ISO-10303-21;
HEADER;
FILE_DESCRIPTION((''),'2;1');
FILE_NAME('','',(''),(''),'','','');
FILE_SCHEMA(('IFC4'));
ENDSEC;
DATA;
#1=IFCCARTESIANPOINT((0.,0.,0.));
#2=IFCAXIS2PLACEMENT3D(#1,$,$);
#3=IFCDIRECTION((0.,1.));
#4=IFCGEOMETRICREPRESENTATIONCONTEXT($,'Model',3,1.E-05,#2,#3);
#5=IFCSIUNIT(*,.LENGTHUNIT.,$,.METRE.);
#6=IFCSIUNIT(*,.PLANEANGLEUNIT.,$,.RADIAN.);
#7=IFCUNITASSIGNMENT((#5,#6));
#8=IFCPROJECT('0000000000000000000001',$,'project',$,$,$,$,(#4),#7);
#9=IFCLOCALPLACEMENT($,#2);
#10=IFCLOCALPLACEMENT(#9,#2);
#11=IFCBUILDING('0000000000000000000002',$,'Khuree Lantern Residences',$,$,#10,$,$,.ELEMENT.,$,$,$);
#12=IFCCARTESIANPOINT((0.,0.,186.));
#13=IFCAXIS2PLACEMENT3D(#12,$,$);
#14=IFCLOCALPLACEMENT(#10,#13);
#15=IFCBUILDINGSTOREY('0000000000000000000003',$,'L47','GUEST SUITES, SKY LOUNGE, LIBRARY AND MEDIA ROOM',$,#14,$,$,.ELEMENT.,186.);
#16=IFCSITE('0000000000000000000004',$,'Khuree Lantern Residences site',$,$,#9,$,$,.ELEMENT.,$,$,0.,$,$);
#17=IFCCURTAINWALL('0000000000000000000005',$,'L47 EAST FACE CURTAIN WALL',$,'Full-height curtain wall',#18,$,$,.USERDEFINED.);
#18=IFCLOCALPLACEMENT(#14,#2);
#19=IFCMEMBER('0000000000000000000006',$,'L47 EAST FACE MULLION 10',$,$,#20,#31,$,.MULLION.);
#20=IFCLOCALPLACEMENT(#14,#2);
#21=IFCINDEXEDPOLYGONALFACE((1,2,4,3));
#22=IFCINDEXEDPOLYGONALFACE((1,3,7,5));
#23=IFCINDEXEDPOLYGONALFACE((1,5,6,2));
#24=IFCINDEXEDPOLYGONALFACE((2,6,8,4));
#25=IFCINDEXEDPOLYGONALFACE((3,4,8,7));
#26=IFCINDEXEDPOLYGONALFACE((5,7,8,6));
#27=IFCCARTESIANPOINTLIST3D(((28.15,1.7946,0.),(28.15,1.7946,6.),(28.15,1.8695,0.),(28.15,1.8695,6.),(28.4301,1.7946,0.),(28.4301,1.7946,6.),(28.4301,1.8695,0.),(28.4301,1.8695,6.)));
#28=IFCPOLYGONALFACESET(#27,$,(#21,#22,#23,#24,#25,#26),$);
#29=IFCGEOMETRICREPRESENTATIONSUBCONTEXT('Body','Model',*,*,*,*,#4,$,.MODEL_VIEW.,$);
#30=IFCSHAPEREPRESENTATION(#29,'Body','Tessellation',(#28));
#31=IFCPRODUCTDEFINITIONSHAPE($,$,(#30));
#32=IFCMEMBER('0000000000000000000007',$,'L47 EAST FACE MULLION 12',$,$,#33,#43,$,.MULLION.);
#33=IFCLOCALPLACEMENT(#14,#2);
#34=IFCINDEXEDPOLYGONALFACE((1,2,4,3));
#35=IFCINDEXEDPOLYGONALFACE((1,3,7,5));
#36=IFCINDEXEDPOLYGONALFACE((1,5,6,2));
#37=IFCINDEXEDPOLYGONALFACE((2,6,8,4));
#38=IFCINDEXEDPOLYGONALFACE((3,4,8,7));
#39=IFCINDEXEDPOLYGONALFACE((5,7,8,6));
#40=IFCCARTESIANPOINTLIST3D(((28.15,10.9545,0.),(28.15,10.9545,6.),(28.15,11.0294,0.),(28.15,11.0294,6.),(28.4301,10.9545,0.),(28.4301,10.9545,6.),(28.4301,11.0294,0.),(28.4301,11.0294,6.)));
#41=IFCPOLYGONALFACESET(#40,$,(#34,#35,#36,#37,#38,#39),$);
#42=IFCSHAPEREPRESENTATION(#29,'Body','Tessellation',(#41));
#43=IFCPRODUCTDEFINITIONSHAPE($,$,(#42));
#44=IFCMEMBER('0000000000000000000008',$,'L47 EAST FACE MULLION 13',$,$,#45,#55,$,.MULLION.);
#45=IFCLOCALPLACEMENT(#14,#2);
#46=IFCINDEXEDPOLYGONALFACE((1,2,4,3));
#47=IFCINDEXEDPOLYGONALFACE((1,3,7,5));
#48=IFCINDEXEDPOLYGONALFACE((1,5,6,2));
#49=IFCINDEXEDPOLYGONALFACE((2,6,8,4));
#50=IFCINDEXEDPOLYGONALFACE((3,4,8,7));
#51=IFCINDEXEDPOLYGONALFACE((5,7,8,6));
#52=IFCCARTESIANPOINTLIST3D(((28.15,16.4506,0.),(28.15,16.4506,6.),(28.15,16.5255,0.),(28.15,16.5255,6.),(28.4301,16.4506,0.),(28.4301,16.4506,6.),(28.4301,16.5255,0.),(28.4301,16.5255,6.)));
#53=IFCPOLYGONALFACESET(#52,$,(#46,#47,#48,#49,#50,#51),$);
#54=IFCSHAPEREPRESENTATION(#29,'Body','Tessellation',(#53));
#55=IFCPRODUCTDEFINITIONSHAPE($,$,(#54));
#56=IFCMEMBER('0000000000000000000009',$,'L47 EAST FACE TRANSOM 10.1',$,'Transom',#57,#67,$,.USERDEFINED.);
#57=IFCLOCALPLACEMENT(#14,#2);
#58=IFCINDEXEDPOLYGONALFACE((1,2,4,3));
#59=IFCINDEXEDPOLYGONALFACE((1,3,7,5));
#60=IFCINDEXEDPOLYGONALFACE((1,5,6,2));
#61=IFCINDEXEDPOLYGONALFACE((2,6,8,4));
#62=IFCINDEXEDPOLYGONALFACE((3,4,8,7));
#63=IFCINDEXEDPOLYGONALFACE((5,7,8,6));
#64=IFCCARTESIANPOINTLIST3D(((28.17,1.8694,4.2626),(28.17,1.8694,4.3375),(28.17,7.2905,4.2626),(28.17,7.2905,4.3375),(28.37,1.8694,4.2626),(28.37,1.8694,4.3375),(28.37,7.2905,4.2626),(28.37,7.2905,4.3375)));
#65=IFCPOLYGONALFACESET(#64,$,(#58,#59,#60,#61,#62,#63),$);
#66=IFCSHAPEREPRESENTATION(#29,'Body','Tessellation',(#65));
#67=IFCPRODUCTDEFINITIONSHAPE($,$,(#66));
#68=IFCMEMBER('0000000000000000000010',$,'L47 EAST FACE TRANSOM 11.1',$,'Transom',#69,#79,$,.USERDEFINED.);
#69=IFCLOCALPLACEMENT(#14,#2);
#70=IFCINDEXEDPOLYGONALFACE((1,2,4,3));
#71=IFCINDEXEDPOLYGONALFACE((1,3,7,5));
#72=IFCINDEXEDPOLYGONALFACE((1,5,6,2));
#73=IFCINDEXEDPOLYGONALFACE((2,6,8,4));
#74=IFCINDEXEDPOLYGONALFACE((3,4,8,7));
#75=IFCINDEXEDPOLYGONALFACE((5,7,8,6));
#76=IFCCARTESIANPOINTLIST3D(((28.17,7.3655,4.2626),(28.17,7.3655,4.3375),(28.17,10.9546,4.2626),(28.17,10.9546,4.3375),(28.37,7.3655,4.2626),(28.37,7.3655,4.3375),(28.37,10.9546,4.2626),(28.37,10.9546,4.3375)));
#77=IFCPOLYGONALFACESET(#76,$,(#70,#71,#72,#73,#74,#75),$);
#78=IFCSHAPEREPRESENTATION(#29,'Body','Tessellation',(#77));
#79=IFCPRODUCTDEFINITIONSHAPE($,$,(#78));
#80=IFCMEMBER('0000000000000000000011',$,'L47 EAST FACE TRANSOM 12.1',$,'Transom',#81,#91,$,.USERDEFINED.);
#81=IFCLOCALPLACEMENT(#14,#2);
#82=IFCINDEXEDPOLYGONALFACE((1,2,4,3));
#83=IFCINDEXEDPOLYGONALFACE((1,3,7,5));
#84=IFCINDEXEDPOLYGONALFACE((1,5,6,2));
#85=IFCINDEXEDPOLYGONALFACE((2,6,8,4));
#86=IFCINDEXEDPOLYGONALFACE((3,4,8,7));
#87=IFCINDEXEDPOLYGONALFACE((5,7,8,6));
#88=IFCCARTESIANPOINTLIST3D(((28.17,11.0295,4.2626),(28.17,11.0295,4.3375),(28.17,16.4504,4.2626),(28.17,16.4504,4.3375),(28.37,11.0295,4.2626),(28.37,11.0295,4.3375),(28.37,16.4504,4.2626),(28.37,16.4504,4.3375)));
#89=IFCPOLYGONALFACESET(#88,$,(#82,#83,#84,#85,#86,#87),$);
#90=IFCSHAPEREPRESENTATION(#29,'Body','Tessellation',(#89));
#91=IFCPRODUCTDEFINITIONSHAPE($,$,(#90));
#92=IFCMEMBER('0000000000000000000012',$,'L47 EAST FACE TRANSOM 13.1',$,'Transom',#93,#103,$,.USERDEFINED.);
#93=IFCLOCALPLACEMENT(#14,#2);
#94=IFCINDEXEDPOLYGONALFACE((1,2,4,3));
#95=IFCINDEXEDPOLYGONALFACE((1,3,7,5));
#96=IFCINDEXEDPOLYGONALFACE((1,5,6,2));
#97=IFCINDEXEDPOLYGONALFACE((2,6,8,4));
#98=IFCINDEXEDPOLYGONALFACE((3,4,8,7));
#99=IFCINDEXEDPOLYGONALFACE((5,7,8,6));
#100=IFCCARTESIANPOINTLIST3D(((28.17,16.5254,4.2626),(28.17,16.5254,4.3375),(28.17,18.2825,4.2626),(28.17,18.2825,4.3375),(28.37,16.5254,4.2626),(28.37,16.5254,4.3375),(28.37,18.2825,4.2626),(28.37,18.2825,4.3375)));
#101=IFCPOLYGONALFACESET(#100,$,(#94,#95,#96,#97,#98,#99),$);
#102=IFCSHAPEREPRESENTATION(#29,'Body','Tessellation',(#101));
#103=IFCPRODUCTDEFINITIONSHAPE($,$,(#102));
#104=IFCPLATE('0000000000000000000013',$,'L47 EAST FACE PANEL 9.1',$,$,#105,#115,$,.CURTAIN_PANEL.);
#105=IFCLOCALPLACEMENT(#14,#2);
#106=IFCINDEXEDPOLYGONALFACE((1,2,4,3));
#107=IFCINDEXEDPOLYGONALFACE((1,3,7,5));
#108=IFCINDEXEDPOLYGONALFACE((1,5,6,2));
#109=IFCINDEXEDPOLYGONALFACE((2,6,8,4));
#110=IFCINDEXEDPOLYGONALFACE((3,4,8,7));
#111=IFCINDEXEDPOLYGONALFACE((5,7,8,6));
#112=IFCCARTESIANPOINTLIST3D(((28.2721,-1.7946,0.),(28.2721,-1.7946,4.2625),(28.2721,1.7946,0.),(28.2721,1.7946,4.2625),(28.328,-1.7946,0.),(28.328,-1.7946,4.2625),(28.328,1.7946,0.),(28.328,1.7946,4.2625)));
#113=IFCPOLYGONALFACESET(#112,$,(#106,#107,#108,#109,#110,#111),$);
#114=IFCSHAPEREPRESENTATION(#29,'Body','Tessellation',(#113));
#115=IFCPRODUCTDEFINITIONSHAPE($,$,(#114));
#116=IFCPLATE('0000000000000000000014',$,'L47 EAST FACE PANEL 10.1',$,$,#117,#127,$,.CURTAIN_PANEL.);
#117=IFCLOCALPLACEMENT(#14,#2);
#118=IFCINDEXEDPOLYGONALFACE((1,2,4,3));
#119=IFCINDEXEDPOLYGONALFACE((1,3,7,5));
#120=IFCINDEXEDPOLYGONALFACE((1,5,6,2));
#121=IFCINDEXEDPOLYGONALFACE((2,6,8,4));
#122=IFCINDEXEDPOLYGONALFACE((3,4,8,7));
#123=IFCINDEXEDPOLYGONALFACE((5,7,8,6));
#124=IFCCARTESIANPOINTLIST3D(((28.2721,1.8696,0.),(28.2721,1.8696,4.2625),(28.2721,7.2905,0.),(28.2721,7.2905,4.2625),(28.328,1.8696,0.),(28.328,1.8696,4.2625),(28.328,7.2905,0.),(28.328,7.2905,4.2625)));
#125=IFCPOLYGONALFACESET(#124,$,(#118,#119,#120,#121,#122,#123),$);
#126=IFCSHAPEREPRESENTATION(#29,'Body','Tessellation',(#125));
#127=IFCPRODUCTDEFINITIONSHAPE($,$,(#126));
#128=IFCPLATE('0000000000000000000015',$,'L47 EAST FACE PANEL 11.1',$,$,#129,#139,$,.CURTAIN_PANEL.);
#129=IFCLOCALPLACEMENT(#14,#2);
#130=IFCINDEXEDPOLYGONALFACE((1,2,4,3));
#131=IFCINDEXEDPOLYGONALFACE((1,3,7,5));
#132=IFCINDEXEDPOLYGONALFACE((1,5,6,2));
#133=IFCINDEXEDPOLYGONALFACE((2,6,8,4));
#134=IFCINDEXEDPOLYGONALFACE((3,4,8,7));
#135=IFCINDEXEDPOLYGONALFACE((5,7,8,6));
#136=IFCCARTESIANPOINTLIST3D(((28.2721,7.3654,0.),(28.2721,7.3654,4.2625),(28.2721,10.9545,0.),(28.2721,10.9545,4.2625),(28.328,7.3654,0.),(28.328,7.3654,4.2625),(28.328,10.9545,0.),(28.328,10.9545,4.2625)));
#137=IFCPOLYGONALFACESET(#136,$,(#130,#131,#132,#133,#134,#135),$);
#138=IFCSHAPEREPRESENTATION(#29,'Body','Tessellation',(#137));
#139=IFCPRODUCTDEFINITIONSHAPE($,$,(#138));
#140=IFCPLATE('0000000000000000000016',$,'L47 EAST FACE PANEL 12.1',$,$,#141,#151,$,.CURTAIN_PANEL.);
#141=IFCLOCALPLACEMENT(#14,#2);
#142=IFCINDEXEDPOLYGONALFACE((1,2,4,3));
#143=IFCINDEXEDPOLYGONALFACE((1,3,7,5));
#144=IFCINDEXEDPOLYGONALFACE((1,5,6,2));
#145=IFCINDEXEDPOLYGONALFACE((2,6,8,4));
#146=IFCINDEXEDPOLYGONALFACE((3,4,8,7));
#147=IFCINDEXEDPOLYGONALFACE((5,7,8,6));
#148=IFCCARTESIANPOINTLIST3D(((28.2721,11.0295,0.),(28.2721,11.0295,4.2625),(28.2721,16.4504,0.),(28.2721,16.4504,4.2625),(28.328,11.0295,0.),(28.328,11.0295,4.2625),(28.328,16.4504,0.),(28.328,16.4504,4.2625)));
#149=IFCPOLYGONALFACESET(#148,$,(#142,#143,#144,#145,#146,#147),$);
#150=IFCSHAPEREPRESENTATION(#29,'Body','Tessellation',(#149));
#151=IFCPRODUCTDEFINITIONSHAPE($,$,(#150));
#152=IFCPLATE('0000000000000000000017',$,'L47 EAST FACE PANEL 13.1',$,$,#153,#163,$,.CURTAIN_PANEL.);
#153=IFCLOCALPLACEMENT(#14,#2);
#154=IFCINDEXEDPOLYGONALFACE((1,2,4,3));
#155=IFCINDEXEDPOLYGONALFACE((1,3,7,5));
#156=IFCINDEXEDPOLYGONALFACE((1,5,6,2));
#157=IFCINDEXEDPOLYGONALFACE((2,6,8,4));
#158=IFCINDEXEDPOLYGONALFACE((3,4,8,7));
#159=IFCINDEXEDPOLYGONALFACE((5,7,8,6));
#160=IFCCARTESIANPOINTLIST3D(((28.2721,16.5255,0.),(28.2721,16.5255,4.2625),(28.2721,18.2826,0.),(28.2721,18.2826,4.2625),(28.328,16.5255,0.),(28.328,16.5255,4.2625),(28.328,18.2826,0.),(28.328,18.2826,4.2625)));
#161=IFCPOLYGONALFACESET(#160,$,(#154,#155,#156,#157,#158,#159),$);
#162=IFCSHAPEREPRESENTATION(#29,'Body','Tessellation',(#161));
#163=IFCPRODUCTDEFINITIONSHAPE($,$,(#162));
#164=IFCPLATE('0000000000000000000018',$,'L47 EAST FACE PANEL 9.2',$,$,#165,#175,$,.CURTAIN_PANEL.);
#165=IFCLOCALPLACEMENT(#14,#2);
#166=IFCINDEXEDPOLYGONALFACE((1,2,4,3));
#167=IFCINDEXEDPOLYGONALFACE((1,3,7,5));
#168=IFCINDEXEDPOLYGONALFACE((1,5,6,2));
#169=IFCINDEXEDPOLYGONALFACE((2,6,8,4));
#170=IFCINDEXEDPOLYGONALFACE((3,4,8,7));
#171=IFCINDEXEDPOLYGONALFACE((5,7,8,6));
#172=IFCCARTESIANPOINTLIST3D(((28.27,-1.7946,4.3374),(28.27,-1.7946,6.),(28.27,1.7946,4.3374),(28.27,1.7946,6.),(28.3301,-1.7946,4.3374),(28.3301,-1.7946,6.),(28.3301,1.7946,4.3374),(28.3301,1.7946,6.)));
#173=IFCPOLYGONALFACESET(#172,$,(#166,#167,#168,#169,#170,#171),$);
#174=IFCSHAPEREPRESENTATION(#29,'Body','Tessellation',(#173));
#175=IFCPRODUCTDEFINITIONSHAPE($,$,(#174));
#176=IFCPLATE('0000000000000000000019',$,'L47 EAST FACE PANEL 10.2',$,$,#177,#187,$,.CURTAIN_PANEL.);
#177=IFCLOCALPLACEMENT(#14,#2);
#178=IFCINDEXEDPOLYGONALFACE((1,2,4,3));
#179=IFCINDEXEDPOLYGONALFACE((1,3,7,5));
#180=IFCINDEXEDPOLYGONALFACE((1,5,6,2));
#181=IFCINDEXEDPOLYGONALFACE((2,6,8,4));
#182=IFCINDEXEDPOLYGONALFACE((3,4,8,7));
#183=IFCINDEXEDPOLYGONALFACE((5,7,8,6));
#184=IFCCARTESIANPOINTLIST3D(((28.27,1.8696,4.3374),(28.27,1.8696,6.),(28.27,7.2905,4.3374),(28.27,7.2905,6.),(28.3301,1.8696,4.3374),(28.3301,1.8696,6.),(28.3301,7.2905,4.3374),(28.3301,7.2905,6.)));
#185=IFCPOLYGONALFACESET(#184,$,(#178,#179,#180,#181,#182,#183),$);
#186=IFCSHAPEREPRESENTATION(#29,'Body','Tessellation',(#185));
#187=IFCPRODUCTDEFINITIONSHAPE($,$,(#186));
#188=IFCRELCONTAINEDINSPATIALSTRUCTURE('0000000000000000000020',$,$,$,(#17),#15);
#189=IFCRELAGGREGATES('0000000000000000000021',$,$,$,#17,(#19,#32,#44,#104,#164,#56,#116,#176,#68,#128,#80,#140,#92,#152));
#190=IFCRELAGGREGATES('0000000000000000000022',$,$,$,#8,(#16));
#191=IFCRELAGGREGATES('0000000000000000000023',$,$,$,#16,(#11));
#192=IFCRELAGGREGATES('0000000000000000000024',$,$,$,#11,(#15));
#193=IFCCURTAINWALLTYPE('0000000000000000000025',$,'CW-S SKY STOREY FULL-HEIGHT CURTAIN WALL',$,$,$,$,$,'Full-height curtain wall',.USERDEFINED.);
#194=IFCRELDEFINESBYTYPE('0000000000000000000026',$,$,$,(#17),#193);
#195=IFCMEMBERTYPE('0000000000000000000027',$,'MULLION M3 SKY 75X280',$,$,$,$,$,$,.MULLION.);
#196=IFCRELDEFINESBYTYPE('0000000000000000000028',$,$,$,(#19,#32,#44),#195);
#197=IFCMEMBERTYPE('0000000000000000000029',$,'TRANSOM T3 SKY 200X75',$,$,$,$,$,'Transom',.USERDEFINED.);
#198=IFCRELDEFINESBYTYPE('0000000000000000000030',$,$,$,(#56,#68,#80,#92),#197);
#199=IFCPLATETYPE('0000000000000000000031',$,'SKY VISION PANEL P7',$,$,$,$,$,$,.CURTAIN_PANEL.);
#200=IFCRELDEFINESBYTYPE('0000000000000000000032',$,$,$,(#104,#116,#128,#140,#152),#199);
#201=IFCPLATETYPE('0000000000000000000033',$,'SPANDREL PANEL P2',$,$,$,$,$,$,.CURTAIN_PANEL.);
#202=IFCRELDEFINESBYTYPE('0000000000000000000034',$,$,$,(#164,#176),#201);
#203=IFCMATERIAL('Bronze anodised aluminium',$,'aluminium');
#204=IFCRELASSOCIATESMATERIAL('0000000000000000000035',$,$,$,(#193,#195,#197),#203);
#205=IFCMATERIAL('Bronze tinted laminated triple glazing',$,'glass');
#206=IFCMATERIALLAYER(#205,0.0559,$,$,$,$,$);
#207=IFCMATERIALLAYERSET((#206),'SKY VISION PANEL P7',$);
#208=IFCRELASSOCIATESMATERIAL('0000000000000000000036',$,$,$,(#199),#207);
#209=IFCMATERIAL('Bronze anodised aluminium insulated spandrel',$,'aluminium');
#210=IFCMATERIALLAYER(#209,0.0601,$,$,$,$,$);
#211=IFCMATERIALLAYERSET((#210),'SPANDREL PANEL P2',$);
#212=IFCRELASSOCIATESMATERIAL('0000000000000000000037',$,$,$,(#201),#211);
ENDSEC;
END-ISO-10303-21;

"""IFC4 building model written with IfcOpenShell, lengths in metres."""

from ifc_helpers import new_model, si_unit, direction, frame, origin, origin_2d, place, context, subcontext, project, spatial, rectangle, extrude, material, layer, layer_set, material_profile, profile_set, type_object, element, aggregate, save


model = new_model("IFC4")

# Units and contexts
model_context = context("Model", 3, precision=1e-05, world=origin(), true_north=direction((0.0, 1.0)))
body_context = subcontext(model_context, "Body", "Model", "MODEL_VIEW")
ifc_project = project(units=[si_unit("LENGTHUNIT", "METRE"), si_unit("PLANEANGLEUNIT", "RADIAN")], contexts=[model_context])

# Site, building, storey
site_placement = place(None, origin())
site = spatial("IfcSite", under=ifc_project, at=site_placement, Name="Khuree Lantern Residences site", CompositionType="ELEMENT", RefElevation=0.0)
building_placement = place(site_placement, origin())
building = spatial("IfcBuilding", under=site, at=building_placement, Name="Khuree Lantern Residences", CompositionType="ELEMENT")
storey_placement = place(building_placement, frame((0.0, 0.0, 186.0)))
storey = spatial("IfcBuildingStorey", under=building, at=storey_placement, Name="L47", Description="GUEST SUITES, SKY LOUNGE, LIBRARY AND MEDIA ROOM", CompositionType="ELEMENT", Elevation=186.0)

# Curtain wall
ifc_material_1 = material(Name="Bronze anodised aluminium", Category="aluminium")
curtain_wall_type = type_object("IfcCurtainWallType", Name="CW-S SKY STOREY FULL-HEIGHT CURTAIN WALL", ElementType="Full-height curtain wall", PredefinedType="USERDEFINED", material=ifc_material_1)
curtain_wall_placement = place(storey_placement, origin())
curtain_wall = element("IfcCurtainWall", 1, at=curtain_wall_placement, inside=storey, type_object=curtain_wall_type, Name="L47 EAST FACE CURTAIN WALL", ObjectType="Full-height curtain wall", PredefinedType="USERDEFINED")

# Members
ifc_material_profile_1 = material_profile(ifc_material_1, rectangle(XDim=0.075, YDim=0.28, at=origin_2d()), Name="M3 75X280")
ifc_profile_set_1 = profile_set([ifc_material_profile_1], Name="Bronze anodised aluminium")
member_type_1 = type_object("IfcMemberType", Name="MULLION M3 SKY 75X280", PredefinedType="MULLION", material=ifc_profile_set_1)
member_1_placement = place(storey_placement, frame((28.29, 1.832, 0.0), z_axis=(0.0, 0.0, 1.0), x_axis=(0.0, 1.0, 0.0)))
member_1 = element("IfcMember", 2, at=member_1_placement, type_object=member_type_1, Name="L47 EAST FACE MULLION 10", PredefinedType="MULLION", context=body_context, shape_type="SweptSolid", body=[
    extrude(rectangle(XDim=0.075, YDim=0.28, at=origin_2d()), origin(), (0.0, 0.0, 1.0), 6.0),
])
member_2_placement = place(storey_placement, frame((28.29, 10.9919, 0.0), z_axis=(0.0, 0.0, 1.0), x_axis=(0.0, 1.0, 0.0)))
member_2 = element("IfcMember", 3, at=member_2_placement, type_object=member_type_1, Name="L47 EAST FACE MULLION 12", PredefinedType="MULLION", context=body_context, shape_type="SweptSolid", body=[
    extrude(rectangle(XDim=0.075, YDim=0.28, at=origin_2d()), origin(), (0.0, 0.0, 1.0), 6.0),
])
member_3_placement = place(storey_placement, frame((28.29, 16.488, 0.0), z_axis=(0.0, 0.0, 1.0), x_axis=(0.0, 1.0, 0.0)))
member_3 = element("IfcMember", 4, at=member_3_placement, type_object=member_type_1, Name="L47 EAST FACE MULLION 13", PredefinedType="MULLION", context=body_context, shape_type="SweptSolid", body=[
    extrude(rectangle(XDim=0.075, YDim=0.28, at=origin_2d()), origin(), (0.0, 0.0, 1.0), 6.0),
])
ifc_material_profile_2 = material_profile(ifc_material_1, rectangle(XDim=0.2, YDim=0.075, at=origin_2d()), Name="T3 200X75")
ifc_profile_set_2 = profile_set([ifc_material_profile_2], Name="Bronze anodised aluminium")
member_type_2 = type_object("IfcMemberType", Name="TRANSOM T3 SKY 200X75", ElementType="Transom", PredefinedType="USERDEFINED", material=ifc_profile_set_2)
member_4_placement = place(storey_placement, frame((28.27, 1.8694, 4.3), z_axis=(0.0, 1.0, 0.0), x_axis=(-1.0, 0.0, 0.0)))
member_4 = element("IfcMember", 5, at=member_4_placement, type_object=member_type_2, Name="L47 EAST FACE TRANSOM 10.1", ObjectType="Transom", PredefinedType="USERDEFINED", context=body_context, shape_type="SweptSolid", body=[
    extrude(rectangle(XDim=0.2, YDim=0.075, at=origin_2d()), origin(), (0.0, 0.0, 1.0), 5.4211),
])
member_5_placement = place(storey_placement, frame((28.27, 7.3655, 4.3), z_axis=(0.0, 1.0, 0.0), x_axis=(-1.0, 0.0, 0.0)))
member_5 = element("IfcMember", 6, at=member_5_placement, type_object=member_type_2, Name="L47 EAST FACE TRANSOM 11.1", ObjectType="Transom", PredefinedType="USERDEFINED", context=body_context, shape_type="SweptSolid", body=[
    extrude(rectangle(XDim=0.2, YDim=0.075, at=origin_2d()), origin(), (0.0, 0.0, 1.0), 3.5891),
])
member_6_placement = place(storey_placement, frame((28.27, 11.0295, 4.3), z_axis=(0.0, 1.0, 0.0), x_axis=(-1.0, 0.0, 0.0)))
member_6 = element("IfcMember", 7, at=member_6_placement, type_object=member_type_2, Name="L47 EAST FACE TRANSOM 12.1", ObjectType="Transom", PredefinedType="USERDEFINED", context=body_context, shape_type="SweptSolid", body=[
    extrude(rectangle(XDim=0.2, YDim=0.075, at=origin_2d()), origin(), (0.0, 0.0, 1.0), 5.4209),
])
member_7_placement = place(storey_placement, frame((28.27, 16.5254, 4.3), z_axis=(0.0, 1.0, 0.0), x_axis=(-1.0, 0.0, 0.0)))
member_7 = element("IfcMember", 8, at=member_7_placement, type_object=member_type_2, Name="L47 EAST FACE TRANSOM 13.1", ObjectType="Transom", PredefinedType="USERDEFINED", context=body_context, shape_type="SweptSolid", body=[
    extrude(rectangle(XDim=0.2, YDim=0.075, at=origin_2d()), origin(), (0.0, 0.0, 1.0), 1.7571),
])

# Plates
ifc_material_2 = material(Name="Bronze tinted laminated triple glazing", Category="glass")
ifc_layer_1 = layer(ifc_material_2, 0.0559)
ifc_layer_set_1 = layer_set([ifc_layer_1], Name="SKY VISION PANEL P7")
plate_type_1 = type_object("IfcPlateType", Name="SKY VISION PANEL P7", PredefinedType="CURTAIN_PANEL", material=ifc_layer_set_1)
plate_1_placement = place(storey_placement, frame((28.3, 0.0, 0.0), z_axis=(0.0, 0.0, 1.0), x_axis=(0.0, 1.0, 0.0)))
plate_1 = element("IfcPlate", 9, at=plate_1_placement, type_object=plate_type_1, Name="L47 EAST FACE PANEL 9.1", PredefinedType="CURTAIN_PANEL", context=body_context, shape_type="SweptSolid", body=[
    extrude(rectangle(XDim=3.5891, YDim=0.0559, at=origin_2d()), origin(), (0.0, 0.0, 1.0), 4.2625),
])
plate_2_placement = place(storey_placement, frame((28.3, 4.5801, 0.0), z_axis=(0.0, 0.0, 1.0), x_axis=(0.0, 1.0, 0.0)))
plate_2 = element("IfcPlate", 10, at=plate_2_placement, type_object=plate_type_1, Name="L47 EAST FACE PANEL 10.1", PredefinedType="CURTAIN_PANEL", context=body_context, shape_type="SweptSolid", body=[
    extrude(rectangle(XDim=5.4209, YDim=0.0559, at=origin_2d()), origin(), (0.0, 0.0, 1.0), 4.2625),
])
plate_3_placement = place(storey_placement, frame((28.3, 9.1599, 0.0), z_axis=(0.0, 0.0, 1.0), x_axis=(0.0, 1.0, 0.0)))
plate_3 = element("IfcPlate", 11, at=plate_3_placement, type_object=plate_type_1, Name="L47 EAST FACE PANEL 11.1", PredefinedType="CURTAIN_PANEL", context=body_context, shape_type="SweptSolid", body=[
    extrude(rectangle(XDim=3.5891, YDim=0.0559, at=origin_2d()), origin(), (0.0, 0.0, 1.0), 4.2625),
])
plate_4_placement = place(storey_placement, frame((28.3, 13.74, 0.0), z_axis=(0.0, 0.0, 1.0), x_axis=(0.0, 1.0, 0.0)))
plate_4 = element("IfcPlate", 12, at=plate_4_placement, type_object=plate_type_1, Name="L47 EAST FACE PANEL 12.1", PredefinedType="CURTAIN_PANEL", context=body_context, shape_type="SweptSolid", body=[
    extrude(rectangle(XDim=5.4209, YDim=0.0559, at=origin_2d()), origin(), (0.0, 0.0, 1.0), 4.2625),
])
plate_5_placement = place(storey_placement, frame((28.3, 17.4041, 0.0), z_axis=(0.0, 0.0, 1.0), x_axis=(0.0, 1.0, 0.0)))
plate_5 = element("IfcPlate", 13, at=plate_5_placement, type_object=plate_type_1, Name="L47 EAST FACE PANEL 13.1", PredefinedType="CURTAIN_PANEL", context=body_context, shape_type="SweptSolid", body=[
    extrude(rectangle(XDim=1.7571, YDim=0.0559, at=origin_2d()), origin(), (0.0, 0.0, 1.0), 4.2625),
])
ifc_material_3 = material(Name="Bronze anodised aluminium insulated spandrel", Category="aluminium")
ifc_layer_2 = layer(ifc_material_3, 0.0601)
ifc_layer_set_2 = layer_set([ifc_layer_2], Name="SPANDREL PANEL P2")
plate_type_2 = type_object("IfcPlateType", Name="SPANDREL PANEL P2", PredefinedType="CURTAIN_PANEL", material=ifc_layer_set_2)
plate_6_placement = place(storey_placement, frame((28.3, 0.0, 4.3374), z_axis=(0.0, 0.0, 1.0), x_axis=(0.0, 1.0, 0.0)))
plate_6 = element("IfcPlate", 14, at=plate_6_placement, type_object=plate_type_2, Name="L47 EAST FACE PANEL 9.2", PredefinedType="CURTAIN_PANEL", context=body_context, shape_type="SweptSolid", body=[
    extrude(rectangle(XDim=3.5891, YDim=0.0601, at=origin_2d()), origin(), (0.0, 0.0, 1.0), 1.6626),
])
plate_7_placement = place(storey_placement, frame((28.3, 4.5801, 4.3374), z_axis=(0.0, 0.0, 1.0), x_axis=(0.0, 1.0, 0.0)))
plate_7 = element("IfcPlate", 15, at=plate_7_placement, type_object=plate_type_2, Name="L47 EAST FACE PANEL 10.2", PredefinedType="CURTAIN_PANEL", context=body_context, shape_type="SweptSolid", body=[
    extrude(rectangle(XDim=5.4209, YDim=0.0601, at=origin_2d()), origin(), (0.0, 0.0, 1.0), 1.6626),
])
aggregate(curtain_wall, [member_1, member_2, member_3, plate_1, plate_6, member_4, plate_2, plate_7, member_5, plate_3, member_6, plate_4, member_7, plate_5])

save(model, "model.ifc")
